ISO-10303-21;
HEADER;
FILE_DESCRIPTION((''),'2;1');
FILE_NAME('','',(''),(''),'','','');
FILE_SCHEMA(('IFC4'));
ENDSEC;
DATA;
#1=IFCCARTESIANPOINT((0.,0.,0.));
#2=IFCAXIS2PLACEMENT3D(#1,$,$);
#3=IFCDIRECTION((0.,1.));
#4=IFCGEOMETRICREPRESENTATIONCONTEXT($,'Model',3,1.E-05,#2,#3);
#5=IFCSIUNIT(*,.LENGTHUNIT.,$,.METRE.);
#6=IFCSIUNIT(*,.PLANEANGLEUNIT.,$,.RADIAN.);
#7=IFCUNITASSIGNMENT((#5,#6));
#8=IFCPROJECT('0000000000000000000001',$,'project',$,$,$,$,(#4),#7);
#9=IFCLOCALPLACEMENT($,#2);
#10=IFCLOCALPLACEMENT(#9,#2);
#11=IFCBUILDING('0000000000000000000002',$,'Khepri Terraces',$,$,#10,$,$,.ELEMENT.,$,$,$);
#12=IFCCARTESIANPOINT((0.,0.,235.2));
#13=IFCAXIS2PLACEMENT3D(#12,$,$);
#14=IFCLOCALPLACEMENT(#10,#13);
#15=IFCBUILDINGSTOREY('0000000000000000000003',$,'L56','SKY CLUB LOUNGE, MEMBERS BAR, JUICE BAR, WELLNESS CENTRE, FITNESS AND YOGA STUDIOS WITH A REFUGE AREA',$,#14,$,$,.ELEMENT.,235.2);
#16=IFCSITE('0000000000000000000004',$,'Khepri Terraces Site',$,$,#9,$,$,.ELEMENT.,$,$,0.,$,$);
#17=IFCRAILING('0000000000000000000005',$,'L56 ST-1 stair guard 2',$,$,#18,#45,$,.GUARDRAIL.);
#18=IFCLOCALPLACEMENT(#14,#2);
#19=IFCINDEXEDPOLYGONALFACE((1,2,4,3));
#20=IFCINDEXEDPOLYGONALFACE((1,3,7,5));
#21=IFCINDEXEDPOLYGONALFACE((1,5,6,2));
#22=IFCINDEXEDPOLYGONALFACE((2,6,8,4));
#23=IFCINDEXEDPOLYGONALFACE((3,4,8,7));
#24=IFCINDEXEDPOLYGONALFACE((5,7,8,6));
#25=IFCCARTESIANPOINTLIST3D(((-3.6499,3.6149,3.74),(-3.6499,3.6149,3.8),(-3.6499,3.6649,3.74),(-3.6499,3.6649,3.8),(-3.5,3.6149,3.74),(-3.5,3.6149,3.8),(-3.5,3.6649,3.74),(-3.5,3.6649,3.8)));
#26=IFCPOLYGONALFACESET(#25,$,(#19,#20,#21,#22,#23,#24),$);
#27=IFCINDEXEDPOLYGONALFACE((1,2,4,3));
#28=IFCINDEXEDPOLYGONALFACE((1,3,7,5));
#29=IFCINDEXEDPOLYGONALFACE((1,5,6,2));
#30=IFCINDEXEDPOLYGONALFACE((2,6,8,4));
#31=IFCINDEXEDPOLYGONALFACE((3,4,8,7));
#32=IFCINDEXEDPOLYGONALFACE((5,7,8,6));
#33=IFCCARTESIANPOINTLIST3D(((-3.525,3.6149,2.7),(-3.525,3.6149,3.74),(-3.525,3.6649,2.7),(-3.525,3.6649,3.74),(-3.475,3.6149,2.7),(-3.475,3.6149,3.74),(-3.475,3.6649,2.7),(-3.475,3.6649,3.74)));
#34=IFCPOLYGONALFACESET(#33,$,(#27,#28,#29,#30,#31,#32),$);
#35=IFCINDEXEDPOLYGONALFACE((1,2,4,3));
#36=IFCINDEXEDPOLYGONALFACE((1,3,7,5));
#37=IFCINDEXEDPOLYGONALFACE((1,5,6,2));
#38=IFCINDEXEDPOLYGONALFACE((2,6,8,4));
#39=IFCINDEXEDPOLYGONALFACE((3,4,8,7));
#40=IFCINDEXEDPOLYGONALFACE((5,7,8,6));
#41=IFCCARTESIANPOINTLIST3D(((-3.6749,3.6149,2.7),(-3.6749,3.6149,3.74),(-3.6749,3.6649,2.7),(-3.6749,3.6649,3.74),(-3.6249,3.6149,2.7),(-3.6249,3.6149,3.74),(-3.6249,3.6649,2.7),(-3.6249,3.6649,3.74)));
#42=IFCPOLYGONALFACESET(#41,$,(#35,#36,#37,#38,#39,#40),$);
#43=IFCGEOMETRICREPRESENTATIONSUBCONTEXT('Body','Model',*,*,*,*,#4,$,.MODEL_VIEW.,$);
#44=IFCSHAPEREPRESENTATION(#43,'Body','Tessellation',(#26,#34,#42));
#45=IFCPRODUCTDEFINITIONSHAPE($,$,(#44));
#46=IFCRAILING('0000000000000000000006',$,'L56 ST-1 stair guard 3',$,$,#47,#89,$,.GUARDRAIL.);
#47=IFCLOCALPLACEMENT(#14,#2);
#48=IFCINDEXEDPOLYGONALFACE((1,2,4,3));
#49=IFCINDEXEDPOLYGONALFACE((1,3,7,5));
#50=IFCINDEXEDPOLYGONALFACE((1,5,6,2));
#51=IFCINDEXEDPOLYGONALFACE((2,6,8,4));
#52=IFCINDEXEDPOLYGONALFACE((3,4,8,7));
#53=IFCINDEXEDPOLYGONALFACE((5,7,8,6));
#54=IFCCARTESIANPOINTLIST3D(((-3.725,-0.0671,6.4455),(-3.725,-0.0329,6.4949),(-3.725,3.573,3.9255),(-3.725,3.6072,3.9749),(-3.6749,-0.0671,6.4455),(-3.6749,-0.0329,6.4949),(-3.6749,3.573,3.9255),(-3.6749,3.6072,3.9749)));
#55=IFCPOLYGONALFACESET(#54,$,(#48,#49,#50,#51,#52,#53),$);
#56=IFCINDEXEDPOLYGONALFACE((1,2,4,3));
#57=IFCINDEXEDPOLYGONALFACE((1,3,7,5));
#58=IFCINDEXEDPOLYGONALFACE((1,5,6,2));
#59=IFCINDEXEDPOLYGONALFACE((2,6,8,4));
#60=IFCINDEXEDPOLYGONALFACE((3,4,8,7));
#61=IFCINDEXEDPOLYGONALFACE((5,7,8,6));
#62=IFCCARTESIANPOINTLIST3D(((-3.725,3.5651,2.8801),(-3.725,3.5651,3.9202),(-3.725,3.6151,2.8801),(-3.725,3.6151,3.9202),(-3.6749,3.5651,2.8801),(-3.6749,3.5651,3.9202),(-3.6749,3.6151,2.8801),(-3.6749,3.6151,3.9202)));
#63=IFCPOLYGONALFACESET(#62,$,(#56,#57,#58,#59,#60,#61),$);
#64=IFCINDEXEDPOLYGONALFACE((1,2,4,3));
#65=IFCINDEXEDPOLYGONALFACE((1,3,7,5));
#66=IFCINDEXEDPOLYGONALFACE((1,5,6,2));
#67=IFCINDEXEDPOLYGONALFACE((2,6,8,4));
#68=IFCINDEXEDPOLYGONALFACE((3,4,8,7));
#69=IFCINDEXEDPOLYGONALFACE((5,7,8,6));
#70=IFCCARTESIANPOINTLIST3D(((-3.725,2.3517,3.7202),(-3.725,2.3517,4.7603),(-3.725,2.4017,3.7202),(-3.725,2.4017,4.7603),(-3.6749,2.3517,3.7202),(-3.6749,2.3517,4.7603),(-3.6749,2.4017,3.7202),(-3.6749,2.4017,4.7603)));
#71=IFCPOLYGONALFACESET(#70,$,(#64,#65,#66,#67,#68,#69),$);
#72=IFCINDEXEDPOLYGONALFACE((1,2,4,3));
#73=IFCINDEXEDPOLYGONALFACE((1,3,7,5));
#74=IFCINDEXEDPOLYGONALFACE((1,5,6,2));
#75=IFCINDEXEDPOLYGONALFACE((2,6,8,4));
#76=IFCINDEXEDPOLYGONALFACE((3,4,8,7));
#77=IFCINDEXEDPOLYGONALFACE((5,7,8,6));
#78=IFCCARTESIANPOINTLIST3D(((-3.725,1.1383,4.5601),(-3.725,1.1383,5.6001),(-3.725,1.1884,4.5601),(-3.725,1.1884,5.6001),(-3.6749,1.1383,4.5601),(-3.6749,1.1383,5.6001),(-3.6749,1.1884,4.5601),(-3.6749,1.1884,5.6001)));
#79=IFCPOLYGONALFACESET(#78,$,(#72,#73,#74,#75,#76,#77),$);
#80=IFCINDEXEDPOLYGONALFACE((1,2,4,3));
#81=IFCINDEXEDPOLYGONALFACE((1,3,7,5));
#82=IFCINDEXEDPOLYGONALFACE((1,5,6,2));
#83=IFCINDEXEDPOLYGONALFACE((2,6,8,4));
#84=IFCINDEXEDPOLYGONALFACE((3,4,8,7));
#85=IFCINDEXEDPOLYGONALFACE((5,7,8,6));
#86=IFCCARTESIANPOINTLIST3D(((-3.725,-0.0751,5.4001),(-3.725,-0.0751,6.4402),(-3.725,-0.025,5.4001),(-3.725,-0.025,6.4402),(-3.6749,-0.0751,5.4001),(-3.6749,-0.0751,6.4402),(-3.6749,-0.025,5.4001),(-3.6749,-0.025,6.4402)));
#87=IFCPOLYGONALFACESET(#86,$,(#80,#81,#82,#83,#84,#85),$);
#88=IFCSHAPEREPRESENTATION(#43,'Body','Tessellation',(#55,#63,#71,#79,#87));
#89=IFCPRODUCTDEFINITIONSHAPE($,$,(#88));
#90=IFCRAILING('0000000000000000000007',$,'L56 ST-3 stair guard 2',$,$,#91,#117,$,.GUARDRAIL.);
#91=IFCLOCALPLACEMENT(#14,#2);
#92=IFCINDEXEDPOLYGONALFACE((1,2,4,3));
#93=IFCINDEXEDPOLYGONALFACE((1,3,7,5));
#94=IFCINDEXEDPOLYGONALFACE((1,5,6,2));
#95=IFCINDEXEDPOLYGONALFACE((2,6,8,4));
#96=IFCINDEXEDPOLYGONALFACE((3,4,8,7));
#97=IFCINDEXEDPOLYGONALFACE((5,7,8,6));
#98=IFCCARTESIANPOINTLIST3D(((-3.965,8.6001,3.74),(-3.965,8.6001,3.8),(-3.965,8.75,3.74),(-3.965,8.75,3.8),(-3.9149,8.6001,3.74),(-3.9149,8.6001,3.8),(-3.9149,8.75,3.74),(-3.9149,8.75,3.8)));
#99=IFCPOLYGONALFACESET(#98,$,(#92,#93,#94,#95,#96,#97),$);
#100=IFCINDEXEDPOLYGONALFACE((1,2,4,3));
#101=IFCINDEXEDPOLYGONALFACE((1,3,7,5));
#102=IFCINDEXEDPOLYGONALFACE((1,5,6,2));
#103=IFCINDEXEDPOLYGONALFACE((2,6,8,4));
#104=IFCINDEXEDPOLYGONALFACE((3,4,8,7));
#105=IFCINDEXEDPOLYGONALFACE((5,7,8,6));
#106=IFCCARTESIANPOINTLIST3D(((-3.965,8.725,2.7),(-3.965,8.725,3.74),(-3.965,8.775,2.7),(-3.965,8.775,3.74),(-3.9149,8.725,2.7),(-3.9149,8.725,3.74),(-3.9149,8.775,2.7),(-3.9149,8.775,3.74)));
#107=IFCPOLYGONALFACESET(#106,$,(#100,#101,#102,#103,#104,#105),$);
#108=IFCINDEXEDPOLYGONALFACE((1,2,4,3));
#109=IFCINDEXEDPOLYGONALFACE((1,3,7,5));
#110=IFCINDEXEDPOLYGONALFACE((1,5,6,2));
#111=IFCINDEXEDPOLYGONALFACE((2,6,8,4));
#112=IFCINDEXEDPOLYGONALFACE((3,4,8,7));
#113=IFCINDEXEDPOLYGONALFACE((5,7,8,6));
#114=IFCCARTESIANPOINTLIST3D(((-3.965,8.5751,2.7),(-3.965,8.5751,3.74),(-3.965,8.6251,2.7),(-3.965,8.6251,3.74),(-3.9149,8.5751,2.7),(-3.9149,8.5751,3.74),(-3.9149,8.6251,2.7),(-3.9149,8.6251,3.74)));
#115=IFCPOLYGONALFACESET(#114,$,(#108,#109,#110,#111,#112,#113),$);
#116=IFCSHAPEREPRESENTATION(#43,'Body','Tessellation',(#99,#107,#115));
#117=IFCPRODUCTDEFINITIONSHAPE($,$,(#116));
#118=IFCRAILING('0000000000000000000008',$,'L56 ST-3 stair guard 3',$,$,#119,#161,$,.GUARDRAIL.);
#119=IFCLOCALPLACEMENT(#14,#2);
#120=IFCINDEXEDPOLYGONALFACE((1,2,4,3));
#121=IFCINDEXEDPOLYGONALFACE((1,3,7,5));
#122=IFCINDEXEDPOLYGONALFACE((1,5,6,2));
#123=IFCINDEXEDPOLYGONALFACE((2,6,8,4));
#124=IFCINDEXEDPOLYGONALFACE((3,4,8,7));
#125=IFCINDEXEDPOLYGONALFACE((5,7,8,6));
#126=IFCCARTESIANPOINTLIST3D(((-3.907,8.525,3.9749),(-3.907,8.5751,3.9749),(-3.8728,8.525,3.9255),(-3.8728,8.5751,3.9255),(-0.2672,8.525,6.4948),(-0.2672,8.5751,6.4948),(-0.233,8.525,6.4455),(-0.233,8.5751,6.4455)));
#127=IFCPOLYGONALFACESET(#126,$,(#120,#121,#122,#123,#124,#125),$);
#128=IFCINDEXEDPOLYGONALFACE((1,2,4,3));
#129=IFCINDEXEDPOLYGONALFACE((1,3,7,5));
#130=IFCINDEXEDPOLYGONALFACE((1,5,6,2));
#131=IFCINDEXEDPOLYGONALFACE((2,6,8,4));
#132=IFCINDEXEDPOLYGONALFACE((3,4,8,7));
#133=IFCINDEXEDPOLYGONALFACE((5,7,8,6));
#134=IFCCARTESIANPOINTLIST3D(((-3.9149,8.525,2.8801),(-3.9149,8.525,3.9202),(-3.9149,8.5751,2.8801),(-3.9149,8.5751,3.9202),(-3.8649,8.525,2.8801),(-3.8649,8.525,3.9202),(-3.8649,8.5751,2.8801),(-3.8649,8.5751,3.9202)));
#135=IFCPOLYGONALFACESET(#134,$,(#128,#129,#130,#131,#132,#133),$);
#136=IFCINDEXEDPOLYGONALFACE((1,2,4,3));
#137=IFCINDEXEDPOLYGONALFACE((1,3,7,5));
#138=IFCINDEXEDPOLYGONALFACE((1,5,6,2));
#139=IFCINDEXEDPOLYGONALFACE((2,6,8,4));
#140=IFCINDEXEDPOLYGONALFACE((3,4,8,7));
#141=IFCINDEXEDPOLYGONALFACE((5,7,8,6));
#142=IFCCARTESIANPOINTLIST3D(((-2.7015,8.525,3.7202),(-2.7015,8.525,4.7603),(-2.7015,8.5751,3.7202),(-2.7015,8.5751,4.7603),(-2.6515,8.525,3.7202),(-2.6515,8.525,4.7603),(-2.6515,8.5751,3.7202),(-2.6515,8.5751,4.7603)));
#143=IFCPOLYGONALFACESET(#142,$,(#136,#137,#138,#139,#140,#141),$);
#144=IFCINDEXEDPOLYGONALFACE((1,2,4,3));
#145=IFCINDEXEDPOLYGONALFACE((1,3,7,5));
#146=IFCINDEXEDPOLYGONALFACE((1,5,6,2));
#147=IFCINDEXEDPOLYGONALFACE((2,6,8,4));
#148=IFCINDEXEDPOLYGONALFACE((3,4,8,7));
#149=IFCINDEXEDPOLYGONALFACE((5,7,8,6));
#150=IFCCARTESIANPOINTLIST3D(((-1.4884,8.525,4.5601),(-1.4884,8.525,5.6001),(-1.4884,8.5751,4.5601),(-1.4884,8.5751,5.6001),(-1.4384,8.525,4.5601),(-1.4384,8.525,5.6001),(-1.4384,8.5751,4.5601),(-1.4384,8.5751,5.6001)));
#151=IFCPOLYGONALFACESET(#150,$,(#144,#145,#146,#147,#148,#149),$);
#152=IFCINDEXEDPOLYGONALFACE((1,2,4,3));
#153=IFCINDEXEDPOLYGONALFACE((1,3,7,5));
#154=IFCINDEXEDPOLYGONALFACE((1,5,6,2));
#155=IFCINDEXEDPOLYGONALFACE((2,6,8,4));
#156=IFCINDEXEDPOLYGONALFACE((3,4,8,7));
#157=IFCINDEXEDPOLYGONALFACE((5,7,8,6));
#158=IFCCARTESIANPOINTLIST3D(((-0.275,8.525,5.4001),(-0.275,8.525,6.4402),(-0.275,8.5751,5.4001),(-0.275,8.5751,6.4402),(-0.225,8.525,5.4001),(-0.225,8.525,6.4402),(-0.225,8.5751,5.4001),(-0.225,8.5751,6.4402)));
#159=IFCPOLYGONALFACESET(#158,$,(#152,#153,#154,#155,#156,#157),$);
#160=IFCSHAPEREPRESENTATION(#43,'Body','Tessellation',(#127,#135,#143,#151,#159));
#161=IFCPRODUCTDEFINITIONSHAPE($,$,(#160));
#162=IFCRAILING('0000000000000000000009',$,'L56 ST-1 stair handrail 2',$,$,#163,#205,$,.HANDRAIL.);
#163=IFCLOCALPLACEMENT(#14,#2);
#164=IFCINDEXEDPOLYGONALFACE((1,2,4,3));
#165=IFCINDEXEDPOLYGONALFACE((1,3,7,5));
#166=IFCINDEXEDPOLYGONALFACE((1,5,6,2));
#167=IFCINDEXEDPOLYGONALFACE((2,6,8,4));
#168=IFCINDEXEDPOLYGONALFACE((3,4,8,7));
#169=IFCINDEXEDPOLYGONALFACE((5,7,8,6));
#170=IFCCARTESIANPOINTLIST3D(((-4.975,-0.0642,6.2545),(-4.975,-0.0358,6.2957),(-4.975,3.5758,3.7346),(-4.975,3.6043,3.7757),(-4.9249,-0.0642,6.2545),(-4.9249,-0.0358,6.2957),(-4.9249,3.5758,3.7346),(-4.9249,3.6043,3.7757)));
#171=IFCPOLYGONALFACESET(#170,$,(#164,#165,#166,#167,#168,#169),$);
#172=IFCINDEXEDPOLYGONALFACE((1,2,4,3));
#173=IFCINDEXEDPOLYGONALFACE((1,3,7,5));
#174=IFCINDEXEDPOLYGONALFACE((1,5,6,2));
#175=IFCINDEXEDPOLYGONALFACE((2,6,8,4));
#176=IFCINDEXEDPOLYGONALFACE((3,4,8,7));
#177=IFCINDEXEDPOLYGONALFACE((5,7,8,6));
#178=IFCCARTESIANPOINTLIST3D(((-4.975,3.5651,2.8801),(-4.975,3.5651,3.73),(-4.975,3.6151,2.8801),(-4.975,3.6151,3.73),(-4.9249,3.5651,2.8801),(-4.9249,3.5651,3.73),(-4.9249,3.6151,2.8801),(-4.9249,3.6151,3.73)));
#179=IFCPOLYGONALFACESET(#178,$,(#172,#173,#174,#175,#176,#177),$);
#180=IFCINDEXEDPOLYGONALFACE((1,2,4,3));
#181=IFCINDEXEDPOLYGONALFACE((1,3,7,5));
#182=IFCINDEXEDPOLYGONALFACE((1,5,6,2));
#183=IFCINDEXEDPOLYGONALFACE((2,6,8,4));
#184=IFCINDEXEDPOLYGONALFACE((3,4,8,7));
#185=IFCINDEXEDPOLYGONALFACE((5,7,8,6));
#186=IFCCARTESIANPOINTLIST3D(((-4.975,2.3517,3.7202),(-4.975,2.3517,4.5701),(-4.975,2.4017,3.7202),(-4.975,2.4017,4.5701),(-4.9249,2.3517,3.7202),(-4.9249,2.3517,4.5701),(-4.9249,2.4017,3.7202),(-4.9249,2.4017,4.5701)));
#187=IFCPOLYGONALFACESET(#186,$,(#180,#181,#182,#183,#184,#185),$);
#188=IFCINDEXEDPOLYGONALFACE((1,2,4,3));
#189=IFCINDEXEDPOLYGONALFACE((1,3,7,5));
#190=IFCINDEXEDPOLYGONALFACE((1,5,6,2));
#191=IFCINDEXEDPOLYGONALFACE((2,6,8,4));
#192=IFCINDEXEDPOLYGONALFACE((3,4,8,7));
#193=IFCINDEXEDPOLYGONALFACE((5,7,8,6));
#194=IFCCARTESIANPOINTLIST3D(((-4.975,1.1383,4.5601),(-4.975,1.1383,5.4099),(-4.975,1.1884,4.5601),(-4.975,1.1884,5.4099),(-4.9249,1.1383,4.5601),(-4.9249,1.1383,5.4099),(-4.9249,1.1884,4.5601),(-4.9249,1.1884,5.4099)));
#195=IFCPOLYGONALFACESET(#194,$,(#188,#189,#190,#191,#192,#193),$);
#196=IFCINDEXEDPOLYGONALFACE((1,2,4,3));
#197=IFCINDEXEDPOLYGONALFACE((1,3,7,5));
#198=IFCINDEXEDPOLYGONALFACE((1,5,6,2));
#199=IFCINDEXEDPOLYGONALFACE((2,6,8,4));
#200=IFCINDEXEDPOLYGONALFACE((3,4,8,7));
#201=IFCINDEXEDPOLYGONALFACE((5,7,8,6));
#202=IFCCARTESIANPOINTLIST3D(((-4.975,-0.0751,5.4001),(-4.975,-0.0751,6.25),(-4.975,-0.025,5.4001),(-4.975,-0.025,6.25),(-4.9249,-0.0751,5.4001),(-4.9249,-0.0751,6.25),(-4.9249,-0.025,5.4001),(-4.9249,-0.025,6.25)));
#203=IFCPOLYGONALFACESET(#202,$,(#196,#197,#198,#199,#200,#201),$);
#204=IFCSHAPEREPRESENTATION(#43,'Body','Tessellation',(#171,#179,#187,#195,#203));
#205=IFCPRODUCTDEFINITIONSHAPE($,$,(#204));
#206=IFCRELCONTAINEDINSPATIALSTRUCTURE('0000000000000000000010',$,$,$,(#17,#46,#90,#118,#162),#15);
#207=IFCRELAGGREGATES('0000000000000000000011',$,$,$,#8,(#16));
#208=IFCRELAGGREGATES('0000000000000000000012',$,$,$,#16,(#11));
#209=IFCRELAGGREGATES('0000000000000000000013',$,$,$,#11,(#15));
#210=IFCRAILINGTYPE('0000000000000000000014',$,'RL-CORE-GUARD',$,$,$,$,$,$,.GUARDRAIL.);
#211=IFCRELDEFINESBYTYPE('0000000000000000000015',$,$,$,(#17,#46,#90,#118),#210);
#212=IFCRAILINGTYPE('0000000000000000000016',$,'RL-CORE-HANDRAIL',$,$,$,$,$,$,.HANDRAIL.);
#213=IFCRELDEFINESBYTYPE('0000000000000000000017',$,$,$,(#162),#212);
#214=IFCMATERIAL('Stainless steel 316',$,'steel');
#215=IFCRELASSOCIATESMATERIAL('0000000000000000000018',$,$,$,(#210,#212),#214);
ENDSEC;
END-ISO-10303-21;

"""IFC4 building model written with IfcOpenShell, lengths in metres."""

from ifc_helpers import new_model, si_unit, direction, frame, origin, origin_2d, place, context, subcontext, project, spatial, rectangle, extrude, material, type_object, element, save


model = new_model("IFC4")

# Units and contexts
model_context = context("Model", 3, precision=1e-05, world=origin(), true_north=direction((0.0, 1.0)))
body_context = subcontext(model_context, "Body", "Model", "MODEL_VIEW")
ifc_project = project(units=[si_unit("LENGTHUNIT", "METRE"), si_unit("PLANEANGLEUNIT", "RADIAN")], contexts=[model_context])

# Site, building, storey
site_placement = place(None, origin())
site = spatial("IfcSite", under=ifc_project, at=site_placement, Name="Khepri Terraces Site", CompositionType="ELEMENT", RefElevation=0.0)
building_placement = place(site_placement, origin())
building = spatial("IfcBuilding", under=site, at=building_placement, Name="Khepri Terraces", CompositionType="ELEMENT")
storey_placement = place(building_placement, frame((0.0, 0.0, 235.2)))
storey = spatial("IfcBuildingStorey", under=building, at=storey_placement, Name="L56", Description="SKY CLUB LOUNGE, MEMBERS BAR, JUICE BAR, WELLNESS CENTRE, FITNESS AND YOGA STUDIOS WITH A REFUGE AREA", CompositionType="ELEMENT", Elevation=235.2)

# Railings
ifc_material_1 = material(Name="Stainless steel 316", Category="steel")
railing_type_1 = type_object("IfcRailingType", Name="RL-CORE-GUARD", PredefinedType="GUARDRAIL", material=ifc_material_1)
railing_1_placement = place(storey_placement, frame((-3.5, 3.6399, 2.7)))
element("IfcRailing", 1, at=railing_1_placement, inside=storey, type_object=railing_type_1, Name="L56 ST-1 stair guard 2", PredefinedType="GUARDRAIL", context=body_context, shape_type="SweptSolid", body=[
    extrude(rectangle(XDim=0.05, YDim=0.0601, at=origin_2d()), frame((0.0, 0.0, 1.0701), z_axis=(-1.0, 0.0, 0.0), x_axis=(0.0, -1.0, 0.0)), (0.0, 0.0, 1.0), 0.1499),
    extrude(rectangle(XDim=0.05, YDim=0.05, at=origin_2d()), origin(), (0.0, 0.0, 1.0), 1.04),
    extrude(rectangle(XDim=0.05, YDim=0.05, at=origin_2d()), frame((-0.1499, 0.0, 0.0)), (0.0, 0.0, 1.0), 1.04),
])
railing_2_placement = place(storey_placement, frame((-3.7, 3.5901, 2.8801)))
element("IfcRailing", 2, at=railing_2_placement, inside=storey, type_object=railing_type_1, Name="L56 ST-1 stair guard 3", PredefinedType="GUARDRAIL", context=body_context, shape_type="SweptSolid", body=[
    extrude(rectangle(XDim=0.05, YDim=0.0601, at=origin_2d()), frame((0.0, 0.0, 1.0701), z_axis=(0.0, -0.8222, 0.569199), x_axis=(1.0, 0.0, 0.0)), (0.0, 0.0, 1.0), 4.4272),
    extrude(rectangle(XDim=0.05, YDim=0.05, at=origin_2d()), origin(), (0.0, 0.0, 1.0), 1.04),
    extrude(rectangle(XDim=0.05, YDim=0.05, at=origin_2d()), frame((0.0, -1.2134, 0.8401)), (0.0, 0.0, 1.0), 1.04),
    extrude(rectangle(XDim=0.05, YDim=0.05, at=origin_2d()), frame((0.0, -2.4268, 1.6799)), (0.0, 0.0, 1.0), 1.04),
    extrude(rectangle(XDim=0.05, YDim=0.05, at=origin_2d()), frame((0.0, -3.6401, 2.52)), (0.0, 0.0, 1.0), 1.04),
])
railing_3_placement = place(storey_placement, frame((-3.9399, 8.75, 2.7)))
element("IfcRailing", 3, at=railing_3_placement, inside=storey, type_object=railing_type_1, Name="L56 ST-3 stair guard 2", PredefinedType="GUARDRAIL", context=body_context, shape_type="SweptSolid", body=[
    extrude(rectangle(XDim=0.05, YDim=0.0601, at=origin_2d()), frame((0.0, 0.0, 1.0701), z_axis=(0.0, -1.0, 0.0), x_axis=(1.0, 0.0, 0.0)), (0.0, 0.0, 1.0), 0.1499),
    extrude(rectangle(XDim=0.05, YDim=0.05, at=origin_2d()), origin(), (0.0, 0.0, 1.0), 1.04),
    extrude(rectangle(XDim=0.05, YDim=0.05, at=origin_2d()), frame((0.0, -0.1499, 0.0)), (0.0, 0.0, 1.0), 1.04),
])
railing_4_placement = place(storey_placement, frame((-3.8899, 8.55, 2.8801)))
element("IfcRailing", 4, at=railing_4_placement, inside=storey, type_object=railing_type_1, Name="L56 ST-3 stair guard 3", PredefinedType="GUARDRAIL", context=body_context, shape_type="SweptSolid", body=[
    extrude(rectangle(XDim=0.05, YDim=0.0601, at=origin_2d()), frame((0.0, 0.0, 1.0701), z_axis=(0.822182, 0.0, 0.569224), x_axis=(0.0, 1.0, 0.0)), (0.0, 0.0, 1.0), 4.427),
    extrude(rectangle(XDim=0.05, YDim=0.05, at=origin_2d()), origin(), (0.0, 0.0, 1.0), 1.04),
    extrude(rectangle(XDim=0.05, YDim=0.05, at=origin_2d()), frame((1.2134, 0.0, 0.8401)), (0.0, 0.0, 1.0), 1.04),
    extrude(rectangle(XDim=0.05, YDim=0.05, at=origin_2d()), frame((2.4265, 0.0, 1.6799)), (0.0, 0.0, 1.0), 1.04),
    extrude(rectangle(XDim=0.05, YDim=0.05, at=origin_2d()), frame((3.6399, 0.0, 2.52)), (0.0, 0.0, 1.0), 1.04),
])
railing_type_2 = type_object("IfcRailingType", Name="RL-CORE-HANDRAIL", PredefinedType="HANDRAIL", material=ifc_material_1)
railing_5_placement = place(storey_placement, frame((-4.95, 3.5901, 2.8801)))
element("IfcRailing", 5, at=railing_5_placement, inside=storey, type_object=railing_type_2, Name="L56 ST-1 stair handrail 2", PredefinedType="HANDRAIL", context=body_context, shape_type="SweptSolid", body=[
    extrude(rectangle(XDim=0.05, YDim=0.05, at=origin_2d()), frame((0.0, 0.0, 0.875), z_axis=(0.0, -0.8222, 0.569199), x_axis=(1.0, 0.0, 0.0)), (0.0, 0.0, 1.0), 4.4272),
    extrude(rectangle(XDim=0.05, YDim=0.05, at=origin_2d()), origin(), (0.0, 0.0, 1.0), 0.8499),
    extrude(rectangle(XDim=0.05, YDim=0.05, at=origin_2d()), frame((0.0, -1.2134, 0.8401)), (0.0, 0.0, 1.0), 0.8499),
    extrude(rectangle(XDim=0.05, YDim=0.05, at=origin_2d()), frame((0.0, -2.4268, 1.6799)), (0.0, 0.0, 1.0), 0.8499),
    extrude(rectangle(XDim=0.05, YDim=0.05, at=origin_2d()), frame((0.0, -3.6401, 2.52)), (0.0, 0.0, 1.0), 0.8499),
])

save(model, "model.ifc")
